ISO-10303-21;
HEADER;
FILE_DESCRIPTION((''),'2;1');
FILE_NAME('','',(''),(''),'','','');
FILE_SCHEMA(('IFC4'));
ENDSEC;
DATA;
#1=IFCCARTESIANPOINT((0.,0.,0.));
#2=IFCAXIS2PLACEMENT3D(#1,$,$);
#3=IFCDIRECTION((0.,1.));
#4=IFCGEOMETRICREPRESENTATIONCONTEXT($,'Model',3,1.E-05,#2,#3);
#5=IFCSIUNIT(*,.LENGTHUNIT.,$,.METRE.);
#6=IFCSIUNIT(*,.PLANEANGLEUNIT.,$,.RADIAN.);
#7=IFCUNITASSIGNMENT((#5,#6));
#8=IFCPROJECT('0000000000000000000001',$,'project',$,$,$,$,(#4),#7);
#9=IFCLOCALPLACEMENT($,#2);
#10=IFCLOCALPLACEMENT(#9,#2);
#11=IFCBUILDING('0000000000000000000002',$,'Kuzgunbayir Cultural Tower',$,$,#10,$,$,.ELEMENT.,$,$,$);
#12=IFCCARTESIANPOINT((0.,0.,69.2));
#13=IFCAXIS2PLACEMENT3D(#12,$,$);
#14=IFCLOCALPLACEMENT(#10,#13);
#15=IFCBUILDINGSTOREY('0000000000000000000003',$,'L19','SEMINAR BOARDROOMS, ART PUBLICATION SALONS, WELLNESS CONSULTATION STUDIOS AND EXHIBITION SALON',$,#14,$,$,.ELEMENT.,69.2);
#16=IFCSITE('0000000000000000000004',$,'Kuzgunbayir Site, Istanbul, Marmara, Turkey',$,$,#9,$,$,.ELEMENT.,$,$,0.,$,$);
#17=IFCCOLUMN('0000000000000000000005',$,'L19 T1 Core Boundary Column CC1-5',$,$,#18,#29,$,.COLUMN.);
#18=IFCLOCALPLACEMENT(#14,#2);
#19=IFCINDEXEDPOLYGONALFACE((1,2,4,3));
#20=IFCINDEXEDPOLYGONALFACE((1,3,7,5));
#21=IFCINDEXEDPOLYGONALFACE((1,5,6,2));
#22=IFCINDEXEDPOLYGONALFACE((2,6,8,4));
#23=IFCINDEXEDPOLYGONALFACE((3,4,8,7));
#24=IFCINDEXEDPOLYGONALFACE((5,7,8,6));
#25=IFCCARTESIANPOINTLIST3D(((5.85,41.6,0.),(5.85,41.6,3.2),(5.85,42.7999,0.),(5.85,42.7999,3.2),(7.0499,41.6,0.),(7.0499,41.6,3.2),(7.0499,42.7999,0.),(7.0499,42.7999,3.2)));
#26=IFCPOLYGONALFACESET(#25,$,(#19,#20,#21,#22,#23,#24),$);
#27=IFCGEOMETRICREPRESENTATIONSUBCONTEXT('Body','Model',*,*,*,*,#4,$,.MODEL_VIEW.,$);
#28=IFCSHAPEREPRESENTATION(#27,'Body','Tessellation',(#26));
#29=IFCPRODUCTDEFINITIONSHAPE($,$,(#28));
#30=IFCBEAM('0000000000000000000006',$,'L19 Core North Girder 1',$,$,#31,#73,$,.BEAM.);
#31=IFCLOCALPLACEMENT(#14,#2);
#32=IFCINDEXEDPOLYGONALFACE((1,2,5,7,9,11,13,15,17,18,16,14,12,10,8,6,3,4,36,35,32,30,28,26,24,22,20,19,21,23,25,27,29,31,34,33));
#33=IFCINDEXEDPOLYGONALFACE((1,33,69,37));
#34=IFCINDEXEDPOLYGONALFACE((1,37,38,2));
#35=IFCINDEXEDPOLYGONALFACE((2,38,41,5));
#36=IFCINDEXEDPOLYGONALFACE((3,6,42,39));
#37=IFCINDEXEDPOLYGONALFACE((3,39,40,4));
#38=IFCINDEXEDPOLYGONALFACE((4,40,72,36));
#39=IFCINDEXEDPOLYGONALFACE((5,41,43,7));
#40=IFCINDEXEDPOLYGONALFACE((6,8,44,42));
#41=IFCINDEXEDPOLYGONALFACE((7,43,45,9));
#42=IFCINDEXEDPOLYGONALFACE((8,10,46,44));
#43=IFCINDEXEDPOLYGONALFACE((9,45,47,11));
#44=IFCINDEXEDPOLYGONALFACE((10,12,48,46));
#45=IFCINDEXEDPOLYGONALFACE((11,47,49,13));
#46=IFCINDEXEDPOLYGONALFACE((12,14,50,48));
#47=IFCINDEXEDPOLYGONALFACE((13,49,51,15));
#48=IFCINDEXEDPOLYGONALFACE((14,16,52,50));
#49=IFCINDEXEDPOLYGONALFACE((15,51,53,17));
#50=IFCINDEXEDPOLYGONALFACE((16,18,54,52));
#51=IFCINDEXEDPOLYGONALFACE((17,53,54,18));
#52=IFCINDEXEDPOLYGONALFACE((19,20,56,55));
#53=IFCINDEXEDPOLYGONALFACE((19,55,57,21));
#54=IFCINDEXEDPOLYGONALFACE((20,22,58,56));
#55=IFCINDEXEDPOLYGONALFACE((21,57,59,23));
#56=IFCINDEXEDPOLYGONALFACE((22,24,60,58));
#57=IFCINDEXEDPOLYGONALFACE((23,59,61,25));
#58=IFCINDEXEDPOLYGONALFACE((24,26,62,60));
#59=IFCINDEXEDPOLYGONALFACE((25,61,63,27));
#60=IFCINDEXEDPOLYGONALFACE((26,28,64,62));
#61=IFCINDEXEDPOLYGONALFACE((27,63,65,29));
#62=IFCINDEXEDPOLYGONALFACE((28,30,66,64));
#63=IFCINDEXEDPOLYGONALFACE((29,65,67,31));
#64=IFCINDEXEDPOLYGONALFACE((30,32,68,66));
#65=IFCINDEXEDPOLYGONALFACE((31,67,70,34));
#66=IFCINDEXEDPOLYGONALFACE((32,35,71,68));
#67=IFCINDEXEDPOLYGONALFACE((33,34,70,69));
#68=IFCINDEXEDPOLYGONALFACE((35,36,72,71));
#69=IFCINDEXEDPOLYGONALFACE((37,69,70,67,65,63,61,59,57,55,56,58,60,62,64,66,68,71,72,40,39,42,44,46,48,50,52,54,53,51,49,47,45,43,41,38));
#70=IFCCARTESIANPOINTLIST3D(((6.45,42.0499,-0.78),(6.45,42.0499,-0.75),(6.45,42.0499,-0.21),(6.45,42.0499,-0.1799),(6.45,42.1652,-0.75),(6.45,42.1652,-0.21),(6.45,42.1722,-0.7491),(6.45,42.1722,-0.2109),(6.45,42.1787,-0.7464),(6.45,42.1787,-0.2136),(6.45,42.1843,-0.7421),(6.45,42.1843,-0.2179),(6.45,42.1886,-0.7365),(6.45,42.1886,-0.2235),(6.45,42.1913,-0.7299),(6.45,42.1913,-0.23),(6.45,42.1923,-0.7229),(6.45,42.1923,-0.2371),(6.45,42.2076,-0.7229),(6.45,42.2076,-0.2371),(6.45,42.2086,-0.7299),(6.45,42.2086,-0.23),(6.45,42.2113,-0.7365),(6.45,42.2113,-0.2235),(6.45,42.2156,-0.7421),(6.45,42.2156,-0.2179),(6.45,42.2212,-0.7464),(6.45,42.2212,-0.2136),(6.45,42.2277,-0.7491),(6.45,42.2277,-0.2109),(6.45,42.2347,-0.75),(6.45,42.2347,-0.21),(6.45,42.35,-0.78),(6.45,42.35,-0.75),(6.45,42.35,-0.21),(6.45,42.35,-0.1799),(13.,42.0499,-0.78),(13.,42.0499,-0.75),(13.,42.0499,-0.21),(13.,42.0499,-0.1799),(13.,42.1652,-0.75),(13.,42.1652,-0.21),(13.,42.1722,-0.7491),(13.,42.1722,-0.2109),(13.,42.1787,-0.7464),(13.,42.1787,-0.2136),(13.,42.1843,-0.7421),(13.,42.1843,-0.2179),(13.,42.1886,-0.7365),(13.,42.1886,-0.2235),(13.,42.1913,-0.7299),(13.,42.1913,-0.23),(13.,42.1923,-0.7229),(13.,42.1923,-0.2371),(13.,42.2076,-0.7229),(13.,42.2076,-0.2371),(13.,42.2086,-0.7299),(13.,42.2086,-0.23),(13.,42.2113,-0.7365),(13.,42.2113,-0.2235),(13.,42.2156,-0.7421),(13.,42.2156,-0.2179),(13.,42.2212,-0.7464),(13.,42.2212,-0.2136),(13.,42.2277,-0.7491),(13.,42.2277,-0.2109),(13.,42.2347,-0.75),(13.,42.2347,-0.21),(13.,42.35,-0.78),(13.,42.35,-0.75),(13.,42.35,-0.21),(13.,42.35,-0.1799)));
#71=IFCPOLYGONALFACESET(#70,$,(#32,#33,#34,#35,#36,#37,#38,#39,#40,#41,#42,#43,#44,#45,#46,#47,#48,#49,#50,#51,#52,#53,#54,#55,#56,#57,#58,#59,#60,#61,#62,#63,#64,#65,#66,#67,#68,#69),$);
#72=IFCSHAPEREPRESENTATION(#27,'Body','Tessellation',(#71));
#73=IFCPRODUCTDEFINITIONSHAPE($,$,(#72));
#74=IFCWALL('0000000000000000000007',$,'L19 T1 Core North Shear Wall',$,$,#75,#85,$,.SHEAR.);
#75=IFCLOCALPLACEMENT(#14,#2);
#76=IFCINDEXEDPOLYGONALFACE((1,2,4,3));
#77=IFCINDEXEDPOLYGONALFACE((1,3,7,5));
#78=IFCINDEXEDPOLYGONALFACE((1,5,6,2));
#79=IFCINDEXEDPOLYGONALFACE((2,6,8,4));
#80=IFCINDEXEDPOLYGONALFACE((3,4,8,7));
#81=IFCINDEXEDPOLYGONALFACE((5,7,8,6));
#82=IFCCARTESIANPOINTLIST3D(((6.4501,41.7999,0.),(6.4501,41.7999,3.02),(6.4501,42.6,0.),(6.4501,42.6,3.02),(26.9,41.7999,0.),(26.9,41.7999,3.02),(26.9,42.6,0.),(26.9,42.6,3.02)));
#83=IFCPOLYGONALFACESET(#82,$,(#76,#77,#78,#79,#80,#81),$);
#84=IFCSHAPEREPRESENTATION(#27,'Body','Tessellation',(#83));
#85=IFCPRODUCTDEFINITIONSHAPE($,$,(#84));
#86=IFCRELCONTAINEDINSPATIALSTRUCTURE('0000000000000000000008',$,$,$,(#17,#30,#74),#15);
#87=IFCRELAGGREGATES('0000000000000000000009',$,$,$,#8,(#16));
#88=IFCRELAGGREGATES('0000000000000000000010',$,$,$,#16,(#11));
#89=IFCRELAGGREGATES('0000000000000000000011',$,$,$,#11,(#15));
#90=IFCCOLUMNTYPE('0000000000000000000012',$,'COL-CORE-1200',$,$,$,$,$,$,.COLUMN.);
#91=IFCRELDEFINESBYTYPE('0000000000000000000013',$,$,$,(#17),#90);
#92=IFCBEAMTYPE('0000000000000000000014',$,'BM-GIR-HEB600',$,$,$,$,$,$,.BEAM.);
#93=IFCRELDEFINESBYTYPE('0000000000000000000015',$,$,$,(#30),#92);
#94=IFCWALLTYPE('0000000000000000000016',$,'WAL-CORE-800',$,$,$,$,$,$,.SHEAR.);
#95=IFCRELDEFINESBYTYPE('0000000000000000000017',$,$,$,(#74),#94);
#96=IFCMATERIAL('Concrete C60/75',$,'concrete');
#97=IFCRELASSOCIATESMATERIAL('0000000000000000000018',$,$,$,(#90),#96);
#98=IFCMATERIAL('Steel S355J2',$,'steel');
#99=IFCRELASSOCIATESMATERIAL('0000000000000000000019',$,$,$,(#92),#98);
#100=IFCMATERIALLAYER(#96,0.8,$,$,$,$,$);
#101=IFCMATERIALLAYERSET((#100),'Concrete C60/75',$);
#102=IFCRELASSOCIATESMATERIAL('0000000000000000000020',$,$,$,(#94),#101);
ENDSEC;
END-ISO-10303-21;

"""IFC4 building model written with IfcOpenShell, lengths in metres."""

from ifc_helpers import new_model, si_unit, direction, frame, frame_2d, origin, origin_2d, place, context, subcontext, project, spatial, rectangle, i_section, extrude, material, layer, layer_set, material_profile, profile_set, type_object, element, save


model = new_model("IFC4")

# Units and contexts
model_context = context("Model", 3, precision=1e-05, world=origin(), true_north=direction((0.0, 1.0)))
body_context = subcontext(model_context, "Body", "Model", "MODEL_VIEW")
ifc_project = project(units=[si_unit("LENGTHUNIT", "METRE"), si_unit("PLANEANGLEUNIT", "RADIAN")], contexts=[model_context])

# Site, building, storey
site_placement = place(None, origin())
site = spatial("IfcSite", under=ifc_project, at=site_placement, Name="Kuzgunbayir Site, Istanbul, Marmara, Turkey", CompositionType="ELEMENT", RefElevation=0.0)
building_placement = place(site_placement, origin())
building = spatial("IfcBuilding", under=site, at=building_placement, Name="Kuzgunbayir Cultural Tower", CompositionType="ELEMENT")
storey_placement = place(building_placement, frame((0.0, 0.0, 69.2)))
storey = spatial("IfcBuildingStorey", under=building, at=storey_placement, Name="L19", Description="SEMINAR BOARDROOMS, ART PUBLICATION SALONS, WELLNESS CONSULTATION STUDIOS AND EXHIBITION SALON", CompositionType="ELEMENT", Elevation=69.2)

# Column
ifc_material_1 = material(Name="Concrete C60/75", Category="concrete")
ifc_material_profile_1 = material_profile(ifc_material_1, rectangle(XDim=1.2, YDim=1.2, at=origin_2d()), Name="RC 1200x1200")
ifc_profile_set_1 = profile_set([ifc_material_profile_1], Name="Concrete C60/75")
column_type = type_object("IfcColumnType", Name="COL-CORE-1200", PredefinedType="COLUMN", material=ifc_profile_set_1)
column_placement = place(storey_placement, frame((6.45, 42.2, 0.0), z_axis=(0.0, 0.0, 1.0), x_axis=(1.0, 0.0, 0.0)))
element("IfcColumn", 1, at=column_placement, inside=storey, type_object=column_type, Name="L19 T1 Core Boundary Column CC1-5", PredefinedType="COLUMN", context=body_context, shape_type="SweptSolid", body=[
    extrude(rectangle(XDim=1.2, YDim=1.2, at=origin_2d()), origin(), (0.0, 0.0, 1.0), 3.2),
])

# Beam
ifc_material_2 = material(Name="Steel S355J2", Category="steel")
ifc_material_profile_2 = material_profile(ifc_material_2, i_section(OverallWidth=0.3, OverallDepth=0.6001, WebThickness=0.0154, FlangeThickness=0.03, FilletRadius=0.0271, at=origin_2d()), Name="HEB 600")
ifc_profile_set_2 = profile_set([ifc_material_profile_2], Name="Steel S355J2")
beam_type = type_object("IfcBeamType", Name="BM-GIR-HEB600", PredefinedType="BEAM", material=ifc_profile_set_2)
beam_placement = place(storey_placement, frame((6.45, 42.2, -0.48), z_axis=(1.0, 0.0, 0.0), x_axis=(0.0, 1.0, 0.0)))
element("IfcBeam", 2, at=beam_placement, inside=storey, type_object=beam_type, Name="L19 Core North Girder 1", PredefinedType="BEAM", context=body_context, shape_type="SweptSolid", body=[
    extrude(i_section(OverallWidth=0.3, OverallDepth=0.6001, WebThickness=0.0154, FlangeThickness=0.03, FilletRadius=0.0271, at=origin_2d()), origin(), (0.0, 0.0, 1.0), 6.55),
])

# Wall
ifc_layer_1 = layer(ifc_material_1, 0.8)
ifc_layer_set_1 = layer_set([ifc_layer_1], Name="Concrete C60/75")
wall_type_1 = type_object("IfcWallType", Name="WAL-CORE-800", PredefinedType="SHEAR", material=ifc_layer_set_1)
wall_1_placement = place(storey_placement, frame((6.45, 42.2, 0.0), z_axis=(0.0, 0.0, 1.0), x_axis=(1.0, 0.0, 0.0)))
element("IfcWall", 3, at=wall_1_placement, inside=storey, type_object=wall_type_1, Name="L19 T1 Core North Shear Wall", PredefinedType="SHEAR", context=body_context, shape_type="SweptSolid", body=[
    extrude(rectangle(XDim=20.45, YDim=0.8, at=frame_2d((10.2251, 0.0))), origin(), (0.0, 0.0, 1.0), 3.02),
])

save(model, "model.ifc")
